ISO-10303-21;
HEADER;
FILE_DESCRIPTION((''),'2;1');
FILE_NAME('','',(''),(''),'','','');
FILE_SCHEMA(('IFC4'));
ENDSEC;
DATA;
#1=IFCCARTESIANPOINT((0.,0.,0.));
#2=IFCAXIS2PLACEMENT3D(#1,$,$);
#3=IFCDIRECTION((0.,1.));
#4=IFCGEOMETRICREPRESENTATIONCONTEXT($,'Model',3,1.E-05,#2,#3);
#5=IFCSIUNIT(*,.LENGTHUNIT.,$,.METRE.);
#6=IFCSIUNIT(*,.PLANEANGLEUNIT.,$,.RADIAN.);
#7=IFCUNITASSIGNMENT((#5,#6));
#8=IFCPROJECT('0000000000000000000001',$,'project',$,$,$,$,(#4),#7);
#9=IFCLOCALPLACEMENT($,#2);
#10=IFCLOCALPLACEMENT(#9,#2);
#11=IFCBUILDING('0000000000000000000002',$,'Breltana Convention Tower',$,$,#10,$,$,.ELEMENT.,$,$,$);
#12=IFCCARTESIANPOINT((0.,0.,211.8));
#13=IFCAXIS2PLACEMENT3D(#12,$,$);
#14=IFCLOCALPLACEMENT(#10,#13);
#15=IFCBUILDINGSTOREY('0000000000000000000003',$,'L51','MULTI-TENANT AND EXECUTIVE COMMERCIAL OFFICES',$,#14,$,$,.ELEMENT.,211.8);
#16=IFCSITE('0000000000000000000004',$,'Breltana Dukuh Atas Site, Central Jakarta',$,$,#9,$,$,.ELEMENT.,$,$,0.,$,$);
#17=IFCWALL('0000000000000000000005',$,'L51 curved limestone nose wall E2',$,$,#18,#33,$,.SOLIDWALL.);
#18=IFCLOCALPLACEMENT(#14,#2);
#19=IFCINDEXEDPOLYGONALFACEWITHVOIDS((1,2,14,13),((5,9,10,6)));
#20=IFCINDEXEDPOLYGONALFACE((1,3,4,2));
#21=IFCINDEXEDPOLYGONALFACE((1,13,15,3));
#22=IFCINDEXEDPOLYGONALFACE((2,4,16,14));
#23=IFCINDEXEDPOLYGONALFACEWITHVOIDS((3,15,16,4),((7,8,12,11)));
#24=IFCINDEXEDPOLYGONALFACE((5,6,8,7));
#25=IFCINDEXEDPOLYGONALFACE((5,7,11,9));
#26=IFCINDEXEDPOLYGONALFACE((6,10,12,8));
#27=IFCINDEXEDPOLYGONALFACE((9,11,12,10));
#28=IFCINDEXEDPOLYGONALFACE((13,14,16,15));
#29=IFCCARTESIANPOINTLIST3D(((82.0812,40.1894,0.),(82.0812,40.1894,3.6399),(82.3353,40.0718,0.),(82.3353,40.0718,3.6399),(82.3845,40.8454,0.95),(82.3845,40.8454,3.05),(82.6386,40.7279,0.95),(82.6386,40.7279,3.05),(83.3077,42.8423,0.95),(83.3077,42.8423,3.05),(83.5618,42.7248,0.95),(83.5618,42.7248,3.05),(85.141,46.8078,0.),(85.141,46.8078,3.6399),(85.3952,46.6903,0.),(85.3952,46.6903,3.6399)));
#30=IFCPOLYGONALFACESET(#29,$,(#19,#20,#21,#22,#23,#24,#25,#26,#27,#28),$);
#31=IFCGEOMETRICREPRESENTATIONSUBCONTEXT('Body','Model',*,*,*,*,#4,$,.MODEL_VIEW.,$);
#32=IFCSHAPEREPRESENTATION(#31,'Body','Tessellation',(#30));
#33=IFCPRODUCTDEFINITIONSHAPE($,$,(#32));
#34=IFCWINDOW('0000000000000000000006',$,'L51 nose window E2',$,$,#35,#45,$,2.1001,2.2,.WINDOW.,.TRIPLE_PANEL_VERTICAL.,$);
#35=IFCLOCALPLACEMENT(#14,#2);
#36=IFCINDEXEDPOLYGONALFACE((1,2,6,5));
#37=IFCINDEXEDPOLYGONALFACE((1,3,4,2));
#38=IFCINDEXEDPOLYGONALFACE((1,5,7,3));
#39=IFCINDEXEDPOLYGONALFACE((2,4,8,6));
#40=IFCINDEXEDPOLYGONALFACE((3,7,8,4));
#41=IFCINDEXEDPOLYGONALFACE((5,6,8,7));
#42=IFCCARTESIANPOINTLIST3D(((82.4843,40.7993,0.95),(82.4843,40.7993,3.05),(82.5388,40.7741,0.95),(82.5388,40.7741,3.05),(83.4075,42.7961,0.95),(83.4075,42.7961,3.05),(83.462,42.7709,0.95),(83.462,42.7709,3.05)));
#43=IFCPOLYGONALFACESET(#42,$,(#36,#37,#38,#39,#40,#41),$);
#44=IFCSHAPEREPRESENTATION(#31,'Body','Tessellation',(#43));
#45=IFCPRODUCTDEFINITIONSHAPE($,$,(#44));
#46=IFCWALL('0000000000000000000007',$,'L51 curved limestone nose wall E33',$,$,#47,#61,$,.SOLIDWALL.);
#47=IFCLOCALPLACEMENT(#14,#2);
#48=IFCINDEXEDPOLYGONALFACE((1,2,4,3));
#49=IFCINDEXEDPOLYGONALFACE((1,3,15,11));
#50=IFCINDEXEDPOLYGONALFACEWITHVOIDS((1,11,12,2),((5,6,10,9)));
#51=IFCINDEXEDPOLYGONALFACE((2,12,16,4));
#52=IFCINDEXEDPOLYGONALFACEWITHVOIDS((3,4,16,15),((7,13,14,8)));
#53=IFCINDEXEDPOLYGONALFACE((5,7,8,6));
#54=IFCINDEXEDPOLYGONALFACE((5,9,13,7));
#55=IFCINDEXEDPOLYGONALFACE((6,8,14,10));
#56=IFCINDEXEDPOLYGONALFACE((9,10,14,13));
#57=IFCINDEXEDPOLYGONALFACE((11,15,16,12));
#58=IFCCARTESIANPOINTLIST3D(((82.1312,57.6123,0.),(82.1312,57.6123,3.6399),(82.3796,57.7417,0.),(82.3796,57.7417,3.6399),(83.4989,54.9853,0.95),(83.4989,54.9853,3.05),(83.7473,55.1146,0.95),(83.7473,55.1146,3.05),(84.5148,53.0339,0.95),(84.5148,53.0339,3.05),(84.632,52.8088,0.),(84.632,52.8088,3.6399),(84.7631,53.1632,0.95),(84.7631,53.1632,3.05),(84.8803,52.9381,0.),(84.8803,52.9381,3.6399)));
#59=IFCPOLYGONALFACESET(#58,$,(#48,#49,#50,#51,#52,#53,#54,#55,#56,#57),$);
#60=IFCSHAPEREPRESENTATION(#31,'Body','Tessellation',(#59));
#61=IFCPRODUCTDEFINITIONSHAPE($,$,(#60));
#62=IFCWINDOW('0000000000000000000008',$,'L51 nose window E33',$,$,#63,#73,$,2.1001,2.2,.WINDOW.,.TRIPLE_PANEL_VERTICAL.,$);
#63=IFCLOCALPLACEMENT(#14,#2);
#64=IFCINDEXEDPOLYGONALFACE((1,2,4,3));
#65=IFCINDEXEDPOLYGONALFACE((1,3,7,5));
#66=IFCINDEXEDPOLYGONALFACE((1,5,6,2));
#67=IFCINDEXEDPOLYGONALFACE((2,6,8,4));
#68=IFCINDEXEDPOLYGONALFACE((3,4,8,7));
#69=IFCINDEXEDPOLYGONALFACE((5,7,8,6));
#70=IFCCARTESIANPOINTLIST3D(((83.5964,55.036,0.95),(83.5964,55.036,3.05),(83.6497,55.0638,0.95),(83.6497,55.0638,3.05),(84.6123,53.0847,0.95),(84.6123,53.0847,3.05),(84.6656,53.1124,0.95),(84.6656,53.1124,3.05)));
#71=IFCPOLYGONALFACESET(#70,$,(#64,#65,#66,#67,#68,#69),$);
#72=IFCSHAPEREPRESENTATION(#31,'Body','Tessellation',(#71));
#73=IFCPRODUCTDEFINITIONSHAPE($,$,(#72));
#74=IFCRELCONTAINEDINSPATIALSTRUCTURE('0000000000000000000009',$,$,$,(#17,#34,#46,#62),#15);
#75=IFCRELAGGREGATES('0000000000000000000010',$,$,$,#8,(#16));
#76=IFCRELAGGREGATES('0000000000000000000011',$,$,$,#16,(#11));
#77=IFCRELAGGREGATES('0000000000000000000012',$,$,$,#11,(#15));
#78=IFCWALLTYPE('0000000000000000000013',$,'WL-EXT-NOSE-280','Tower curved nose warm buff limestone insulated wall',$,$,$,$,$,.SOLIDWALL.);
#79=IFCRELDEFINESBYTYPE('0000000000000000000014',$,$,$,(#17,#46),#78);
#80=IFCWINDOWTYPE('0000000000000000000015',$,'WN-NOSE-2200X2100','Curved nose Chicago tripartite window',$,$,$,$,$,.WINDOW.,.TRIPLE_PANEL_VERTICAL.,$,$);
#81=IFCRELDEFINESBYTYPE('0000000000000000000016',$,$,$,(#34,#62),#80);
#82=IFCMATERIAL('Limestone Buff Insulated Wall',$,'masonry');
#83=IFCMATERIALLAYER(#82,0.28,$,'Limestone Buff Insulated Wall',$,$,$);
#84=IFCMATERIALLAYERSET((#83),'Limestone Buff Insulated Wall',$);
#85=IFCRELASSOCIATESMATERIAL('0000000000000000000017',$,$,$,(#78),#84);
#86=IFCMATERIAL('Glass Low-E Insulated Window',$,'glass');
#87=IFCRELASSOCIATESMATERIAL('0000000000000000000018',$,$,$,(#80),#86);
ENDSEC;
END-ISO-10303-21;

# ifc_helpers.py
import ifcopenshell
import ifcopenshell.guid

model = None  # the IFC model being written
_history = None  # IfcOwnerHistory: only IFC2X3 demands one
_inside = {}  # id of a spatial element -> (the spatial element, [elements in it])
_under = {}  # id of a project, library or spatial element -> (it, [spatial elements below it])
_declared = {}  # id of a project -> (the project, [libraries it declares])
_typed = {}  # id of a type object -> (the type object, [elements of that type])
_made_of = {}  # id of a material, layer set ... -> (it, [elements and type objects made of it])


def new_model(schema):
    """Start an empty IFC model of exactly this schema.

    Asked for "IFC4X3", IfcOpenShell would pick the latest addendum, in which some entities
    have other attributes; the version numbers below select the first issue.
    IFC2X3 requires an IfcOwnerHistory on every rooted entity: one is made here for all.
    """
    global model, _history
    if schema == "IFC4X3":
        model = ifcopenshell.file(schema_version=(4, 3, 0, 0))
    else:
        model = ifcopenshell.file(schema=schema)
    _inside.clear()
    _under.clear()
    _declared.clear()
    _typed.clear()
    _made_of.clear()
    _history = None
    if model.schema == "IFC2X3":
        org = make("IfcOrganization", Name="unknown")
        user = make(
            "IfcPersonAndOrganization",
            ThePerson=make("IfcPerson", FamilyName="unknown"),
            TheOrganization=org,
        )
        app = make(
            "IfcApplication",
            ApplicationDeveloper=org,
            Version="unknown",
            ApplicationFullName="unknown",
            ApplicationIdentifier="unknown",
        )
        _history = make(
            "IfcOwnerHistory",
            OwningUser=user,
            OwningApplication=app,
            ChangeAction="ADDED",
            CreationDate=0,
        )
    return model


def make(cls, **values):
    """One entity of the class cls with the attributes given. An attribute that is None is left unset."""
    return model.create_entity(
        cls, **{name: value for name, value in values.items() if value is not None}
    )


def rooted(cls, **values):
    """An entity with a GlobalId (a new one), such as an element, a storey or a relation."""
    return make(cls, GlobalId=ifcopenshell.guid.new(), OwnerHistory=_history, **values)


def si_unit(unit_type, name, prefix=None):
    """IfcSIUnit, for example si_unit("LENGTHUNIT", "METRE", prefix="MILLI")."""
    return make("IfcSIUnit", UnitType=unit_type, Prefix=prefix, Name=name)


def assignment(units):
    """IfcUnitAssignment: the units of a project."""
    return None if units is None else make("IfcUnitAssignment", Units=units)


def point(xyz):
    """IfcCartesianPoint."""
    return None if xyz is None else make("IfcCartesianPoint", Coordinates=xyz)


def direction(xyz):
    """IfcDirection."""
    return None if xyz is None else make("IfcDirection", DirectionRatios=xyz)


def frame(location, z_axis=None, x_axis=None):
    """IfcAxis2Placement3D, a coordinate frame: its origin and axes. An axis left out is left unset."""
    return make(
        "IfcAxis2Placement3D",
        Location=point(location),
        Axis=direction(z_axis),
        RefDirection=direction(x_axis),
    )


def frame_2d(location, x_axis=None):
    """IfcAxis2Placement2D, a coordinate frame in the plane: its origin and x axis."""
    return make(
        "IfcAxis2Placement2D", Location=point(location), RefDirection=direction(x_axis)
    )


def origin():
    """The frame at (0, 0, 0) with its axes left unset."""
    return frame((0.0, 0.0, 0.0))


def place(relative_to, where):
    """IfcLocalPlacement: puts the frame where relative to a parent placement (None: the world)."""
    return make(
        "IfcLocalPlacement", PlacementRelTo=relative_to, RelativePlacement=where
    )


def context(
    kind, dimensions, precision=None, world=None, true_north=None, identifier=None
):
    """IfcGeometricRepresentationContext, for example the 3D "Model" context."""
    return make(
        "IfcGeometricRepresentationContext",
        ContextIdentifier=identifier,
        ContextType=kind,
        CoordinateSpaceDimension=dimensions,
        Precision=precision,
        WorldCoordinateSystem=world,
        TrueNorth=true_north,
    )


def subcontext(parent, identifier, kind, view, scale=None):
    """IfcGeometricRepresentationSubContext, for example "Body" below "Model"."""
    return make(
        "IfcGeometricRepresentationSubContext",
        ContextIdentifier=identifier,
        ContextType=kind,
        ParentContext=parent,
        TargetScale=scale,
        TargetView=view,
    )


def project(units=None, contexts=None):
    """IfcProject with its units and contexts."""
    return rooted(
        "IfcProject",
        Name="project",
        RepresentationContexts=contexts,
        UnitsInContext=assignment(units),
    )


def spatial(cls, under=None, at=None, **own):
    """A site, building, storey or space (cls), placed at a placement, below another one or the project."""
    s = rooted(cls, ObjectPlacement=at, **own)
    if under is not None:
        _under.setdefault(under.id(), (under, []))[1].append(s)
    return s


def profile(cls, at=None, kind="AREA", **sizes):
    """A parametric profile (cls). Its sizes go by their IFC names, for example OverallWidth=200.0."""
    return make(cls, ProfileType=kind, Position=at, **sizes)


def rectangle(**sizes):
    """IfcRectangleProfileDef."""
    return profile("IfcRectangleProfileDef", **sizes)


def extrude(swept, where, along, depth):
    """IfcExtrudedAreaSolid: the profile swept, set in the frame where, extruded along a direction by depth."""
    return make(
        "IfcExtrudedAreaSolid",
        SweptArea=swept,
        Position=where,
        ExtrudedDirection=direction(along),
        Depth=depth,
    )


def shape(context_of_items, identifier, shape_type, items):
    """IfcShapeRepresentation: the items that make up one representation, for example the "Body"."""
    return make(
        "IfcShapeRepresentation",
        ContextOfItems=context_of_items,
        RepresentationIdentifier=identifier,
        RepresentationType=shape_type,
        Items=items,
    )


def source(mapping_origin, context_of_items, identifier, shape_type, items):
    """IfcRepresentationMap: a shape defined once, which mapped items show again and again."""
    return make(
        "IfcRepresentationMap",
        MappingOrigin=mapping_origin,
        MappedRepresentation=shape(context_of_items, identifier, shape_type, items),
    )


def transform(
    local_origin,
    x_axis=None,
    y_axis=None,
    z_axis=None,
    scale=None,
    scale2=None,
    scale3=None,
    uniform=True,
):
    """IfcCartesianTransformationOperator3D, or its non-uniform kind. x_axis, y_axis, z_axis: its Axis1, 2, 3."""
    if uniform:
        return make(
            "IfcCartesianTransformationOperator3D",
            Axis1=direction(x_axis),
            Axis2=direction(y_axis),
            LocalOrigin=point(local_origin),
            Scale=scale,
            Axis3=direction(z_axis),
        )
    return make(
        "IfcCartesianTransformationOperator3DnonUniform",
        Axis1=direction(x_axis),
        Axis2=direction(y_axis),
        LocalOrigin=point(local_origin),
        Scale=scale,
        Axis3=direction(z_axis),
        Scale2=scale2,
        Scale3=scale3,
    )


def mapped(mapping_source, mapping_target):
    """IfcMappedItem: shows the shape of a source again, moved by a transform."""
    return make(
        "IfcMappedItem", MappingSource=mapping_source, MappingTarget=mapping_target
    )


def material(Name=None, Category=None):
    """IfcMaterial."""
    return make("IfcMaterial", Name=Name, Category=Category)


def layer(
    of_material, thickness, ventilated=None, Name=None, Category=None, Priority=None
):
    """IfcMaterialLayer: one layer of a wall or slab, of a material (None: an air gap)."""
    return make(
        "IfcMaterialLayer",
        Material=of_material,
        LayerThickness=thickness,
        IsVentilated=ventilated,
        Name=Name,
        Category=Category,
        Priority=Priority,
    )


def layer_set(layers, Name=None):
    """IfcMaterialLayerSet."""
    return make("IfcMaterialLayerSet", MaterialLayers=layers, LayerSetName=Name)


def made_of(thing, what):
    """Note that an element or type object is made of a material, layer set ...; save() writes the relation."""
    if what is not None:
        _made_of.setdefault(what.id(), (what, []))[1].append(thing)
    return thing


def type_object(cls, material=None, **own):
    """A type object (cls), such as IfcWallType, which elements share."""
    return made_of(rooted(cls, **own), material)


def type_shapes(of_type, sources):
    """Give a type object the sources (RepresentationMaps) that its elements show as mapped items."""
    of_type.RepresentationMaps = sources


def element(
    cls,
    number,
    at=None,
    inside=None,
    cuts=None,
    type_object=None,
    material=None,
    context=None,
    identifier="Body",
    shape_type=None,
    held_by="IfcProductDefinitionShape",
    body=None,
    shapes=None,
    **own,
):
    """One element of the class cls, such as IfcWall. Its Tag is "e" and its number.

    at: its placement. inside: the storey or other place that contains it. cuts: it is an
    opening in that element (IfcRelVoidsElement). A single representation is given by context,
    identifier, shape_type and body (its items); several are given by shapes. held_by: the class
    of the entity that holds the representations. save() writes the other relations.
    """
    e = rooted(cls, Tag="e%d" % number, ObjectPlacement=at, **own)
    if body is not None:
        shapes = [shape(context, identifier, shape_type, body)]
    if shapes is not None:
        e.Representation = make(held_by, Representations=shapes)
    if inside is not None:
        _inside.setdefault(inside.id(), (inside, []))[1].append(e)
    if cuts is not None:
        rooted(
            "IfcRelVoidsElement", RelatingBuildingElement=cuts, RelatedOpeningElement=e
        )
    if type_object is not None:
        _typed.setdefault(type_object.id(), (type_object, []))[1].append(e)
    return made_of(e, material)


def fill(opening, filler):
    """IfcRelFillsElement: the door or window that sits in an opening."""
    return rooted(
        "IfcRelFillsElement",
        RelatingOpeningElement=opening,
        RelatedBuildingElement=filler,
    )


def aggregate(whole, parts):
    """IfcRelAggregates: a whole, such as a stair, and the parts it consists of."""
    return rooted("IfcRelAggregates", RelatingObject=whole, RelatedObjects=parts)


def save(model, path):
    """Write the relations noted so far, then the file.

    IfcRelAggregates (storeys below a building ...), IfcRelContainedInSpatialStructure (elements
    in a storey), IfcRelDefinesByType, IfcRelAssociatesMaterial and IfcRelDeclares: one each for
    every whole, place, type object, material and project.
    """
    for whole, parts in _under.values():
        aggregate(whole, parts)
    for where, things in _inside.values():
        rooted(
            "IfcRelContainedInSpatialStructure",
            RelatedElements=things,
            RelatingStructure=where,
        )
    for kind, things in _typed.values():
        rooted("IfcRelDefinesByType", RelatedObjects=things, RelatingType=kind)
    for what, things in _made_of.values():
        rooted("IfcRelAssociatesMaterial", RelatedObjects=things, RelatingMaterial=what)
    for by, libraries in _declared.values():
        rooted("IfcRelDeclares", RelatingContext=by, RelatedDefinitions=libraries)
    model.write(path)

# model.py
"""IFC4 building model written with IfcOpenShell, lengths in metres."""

from ifc_helpers import new_model, si_unit, direction, frame, frame_2d, origin, place, context, subcontext, project, spatial, rectangle, extrude, source, transform, mapped, material, layer, layer_set, type_object, type_shapes, element, fill, save


model = new_model("IFC4")

# Units and contexts
model_context = context("Model", 3, precision=1e-05, world=origin(), true_north=direction((0.0, 1.0)))
body_context = subcontext(model_context, "Body", "Model", "MODEL_VIEW")
ifc_project = project(units=[si_unit("LENGTHUNIT", "METRE"), si_unit("PLANEANGLEUNIT", "RADIAN")], contexts=[model_context])

# Site, building, storey
site_placement = place(None, origin())
site = spatial("IfcSite", under=ifc_project, at=site_placement, Name="Breltana Dukuh Atas Site, Central Jakarta", CompositionType="ELEMENT", RefElevation=0.0)
building_placement = place(site_placement, origin())
building = spatial("IfcBuilding", under=site, at=building_placement, Name="Breltana Convention Tower", CompositionType="ELEMENT")
storey_placement = place(building_placement, frame((0.0, 0.0, 211.8)))
storey = spatial("IfcBuildingStorey", under=building, at=storey_placement, Name="L51", Description="MULTI-TENANT AND EXECUTIVE COMMERCIAL OFFICES", CompositionType="ELEMENT", Elevation=211.8)

# Walls, openings, windows
ifc_material_1 = material(Name="Limestone Buff Insulated Wall", Category="masonry")
ifc_layer_1 = layer(ifc_material_1, 0.28, Name="Limestone Buff Insulated Wall")
ifc_layer_set_1 = layer_set([ifc_layer_1], Name="Limestone Buff Insulated Wall")
wall_type = type_object("IfcWallType", Name="WL-EXT-NOSE-280", Description="Tower curved nose warm buff limestone insulated wall", PredefinedType="SOLIDWALL", material=ifc_layer_set_1)
ifc_material_2 = material(Name="Glass Low-E Insulated Window", Category="glass")
window_type = type_object("IfcWindowType", Name="WN-NOSE-2200X2100", Description="Curved nose Chicago tripartite window", PartitioningType="TRIPLE_PANEL_VERTICAL", PredefinedType="WINDOW", material=ifc_material_2)
shared_shape_1 = source(origin(), body_context, "Body", "SweptSolid", [
    extrude(rectangle(XDim=2.2, YDim=2.1001, at=frame_2d((1.1001, 1.05))), frame((0.0, 0.03, 0.0), z_axis=(0.0, -1.0, 0.0), x_axis=(1.0, 0.0, 0.0)), (0.0, 0.0, 1.0), 0.0601),
])
type_shapes(window_type, [shared_shape_1])
shared_shape_2 = source(origin(), body_context, "Body", "SweptSolid", [
    extrude(rectangle(XDim=7.2915, YDim=0.28, at=frame_2d((3.6458, 0.0))), origin(), (0.0, 0.0, 1.0), 3.6399),
])
wall_1_placement = place(storey_placement, frame((85.2681, 46.749, 0.0), z_axis=(0.0, 0.0, 1.0), x_axis=(-0.419642, -0.90769, 0.0)))
wall_1 = element("IfcWall", 1, at=wall_1_placement, inside=storey, type_object=wall_type, Name="L51 curved limestone nose wall E2", PredefinedType="SOLIDWALL", context=body_context, shape_type="MappedRepresentation", body=[
    mapped(shared_shape_2, transform((0.0, 0.0, 0.0), scale=1.0)),
])
opening_1_placement = place(wall_1_placement, frame((4.3687, 0.0, 0.95)))
opening_1 = element("IfcOpeningElement", 2, at=opening_1_placement, cuts=wall_1, PredefinedType="OPENING", context=body_context, shape_type="SweptSolid", body=[
    extrude(rectangle(XDim=2.2, YDim=2.1001, at=frame_2d((1.1001, 1.05))), frame((0.0, 0.1499, 0.0), z_axis=(0.0, -1.0, 0.0), x_axis=(1.0, 0.0, 0.0)), (0.0, 0.0, 1.0), 0.3),
])
window_1_placement = place(opening_1_placement, origin())
window_1 = element("IfcWindow", 3, at=window_1_placement, inside=storey, type_object=window_type, Name="L51 nose window E2", OverallHeight=2.1001, OverallWidth=2.2, PartitioningType="TRIPLE_PANEL_VERTICAL", PredefinedType="WINDOW", context=body_context, shape_type="MappedRepresentation", body=[
    mapped(shared_shape_1, transform((0.0, 0.0, 0.0), scale=1.0)),
])
fill(opening_1, window_1)
shared_shape_3 = source(origin(), body_context, "Body", "SweptSolid", [
    extrude(rectangle(XDim=5.4155, YDim=0.28, at=frame_2d((2.7078, 0.0))), origin(), (0.0, 0.0, 1.0), 3.6399),
])
wall_2_placement = place(storey_placement, frame((82.2554, 57.677, 0.0), z_axis=(0.0, 0.0, 1.0), x_axis=(0.461779, -0.886995, 0.0)))
wall_2 = element("IfcWall", 4, at=wall_2_placement, inside=storey, type_object=wall_type, Name="L51 curved limestone nose wall E33", PredefinedType="SOLIDWALL", context=body_context, shape_type="MappedRepresentation", body=[
    mapped(shared_shape_3, transform((0.0, 0.0, 0.0), scale=1.0)),
])
opening_2_placement = place(wall_2_placement, frame((2.9617, 0.0, 0.95)))
opening_2 = element("IfcOpeningElement", 5, at=opening_2_placement, cuts=wall_2, PredefinedType="OPENING", context=body_context, shape_type="SweptSolid", body=[
    extrude(rectangle(XDim=2.2, YDim=2.1001, at=frame_2d((1.1001, 1.05))), frame((0.0, 0.1499, 0.0), z_axis=(0.0, -1.0, 0.0), x_axis=(1.0, 0.0, 0.0)), (0.0, 0.0, 1.0), 0.3),
])
window_2_placement = place(opening_2_placement, origin())
window_2 = element("IfcWindow", 6, at=window_2_placement, inside=storey, type_object=window_type, Name="L51 nose window E33", OverallHeight=2.1001, OverallWidth=2.2, PartitioningType="TRIPLE_PANEL_VERTICAL", PredefinedType="WINDOW", context=body_context, shape_type="MappedRepresentation", body=[
    mapped(shared_shape_1, transform((0.0, 0.0, 0.0), scale=1.0)),
])
fill(opening_2, window_2)

save(model, "model.ifc")
